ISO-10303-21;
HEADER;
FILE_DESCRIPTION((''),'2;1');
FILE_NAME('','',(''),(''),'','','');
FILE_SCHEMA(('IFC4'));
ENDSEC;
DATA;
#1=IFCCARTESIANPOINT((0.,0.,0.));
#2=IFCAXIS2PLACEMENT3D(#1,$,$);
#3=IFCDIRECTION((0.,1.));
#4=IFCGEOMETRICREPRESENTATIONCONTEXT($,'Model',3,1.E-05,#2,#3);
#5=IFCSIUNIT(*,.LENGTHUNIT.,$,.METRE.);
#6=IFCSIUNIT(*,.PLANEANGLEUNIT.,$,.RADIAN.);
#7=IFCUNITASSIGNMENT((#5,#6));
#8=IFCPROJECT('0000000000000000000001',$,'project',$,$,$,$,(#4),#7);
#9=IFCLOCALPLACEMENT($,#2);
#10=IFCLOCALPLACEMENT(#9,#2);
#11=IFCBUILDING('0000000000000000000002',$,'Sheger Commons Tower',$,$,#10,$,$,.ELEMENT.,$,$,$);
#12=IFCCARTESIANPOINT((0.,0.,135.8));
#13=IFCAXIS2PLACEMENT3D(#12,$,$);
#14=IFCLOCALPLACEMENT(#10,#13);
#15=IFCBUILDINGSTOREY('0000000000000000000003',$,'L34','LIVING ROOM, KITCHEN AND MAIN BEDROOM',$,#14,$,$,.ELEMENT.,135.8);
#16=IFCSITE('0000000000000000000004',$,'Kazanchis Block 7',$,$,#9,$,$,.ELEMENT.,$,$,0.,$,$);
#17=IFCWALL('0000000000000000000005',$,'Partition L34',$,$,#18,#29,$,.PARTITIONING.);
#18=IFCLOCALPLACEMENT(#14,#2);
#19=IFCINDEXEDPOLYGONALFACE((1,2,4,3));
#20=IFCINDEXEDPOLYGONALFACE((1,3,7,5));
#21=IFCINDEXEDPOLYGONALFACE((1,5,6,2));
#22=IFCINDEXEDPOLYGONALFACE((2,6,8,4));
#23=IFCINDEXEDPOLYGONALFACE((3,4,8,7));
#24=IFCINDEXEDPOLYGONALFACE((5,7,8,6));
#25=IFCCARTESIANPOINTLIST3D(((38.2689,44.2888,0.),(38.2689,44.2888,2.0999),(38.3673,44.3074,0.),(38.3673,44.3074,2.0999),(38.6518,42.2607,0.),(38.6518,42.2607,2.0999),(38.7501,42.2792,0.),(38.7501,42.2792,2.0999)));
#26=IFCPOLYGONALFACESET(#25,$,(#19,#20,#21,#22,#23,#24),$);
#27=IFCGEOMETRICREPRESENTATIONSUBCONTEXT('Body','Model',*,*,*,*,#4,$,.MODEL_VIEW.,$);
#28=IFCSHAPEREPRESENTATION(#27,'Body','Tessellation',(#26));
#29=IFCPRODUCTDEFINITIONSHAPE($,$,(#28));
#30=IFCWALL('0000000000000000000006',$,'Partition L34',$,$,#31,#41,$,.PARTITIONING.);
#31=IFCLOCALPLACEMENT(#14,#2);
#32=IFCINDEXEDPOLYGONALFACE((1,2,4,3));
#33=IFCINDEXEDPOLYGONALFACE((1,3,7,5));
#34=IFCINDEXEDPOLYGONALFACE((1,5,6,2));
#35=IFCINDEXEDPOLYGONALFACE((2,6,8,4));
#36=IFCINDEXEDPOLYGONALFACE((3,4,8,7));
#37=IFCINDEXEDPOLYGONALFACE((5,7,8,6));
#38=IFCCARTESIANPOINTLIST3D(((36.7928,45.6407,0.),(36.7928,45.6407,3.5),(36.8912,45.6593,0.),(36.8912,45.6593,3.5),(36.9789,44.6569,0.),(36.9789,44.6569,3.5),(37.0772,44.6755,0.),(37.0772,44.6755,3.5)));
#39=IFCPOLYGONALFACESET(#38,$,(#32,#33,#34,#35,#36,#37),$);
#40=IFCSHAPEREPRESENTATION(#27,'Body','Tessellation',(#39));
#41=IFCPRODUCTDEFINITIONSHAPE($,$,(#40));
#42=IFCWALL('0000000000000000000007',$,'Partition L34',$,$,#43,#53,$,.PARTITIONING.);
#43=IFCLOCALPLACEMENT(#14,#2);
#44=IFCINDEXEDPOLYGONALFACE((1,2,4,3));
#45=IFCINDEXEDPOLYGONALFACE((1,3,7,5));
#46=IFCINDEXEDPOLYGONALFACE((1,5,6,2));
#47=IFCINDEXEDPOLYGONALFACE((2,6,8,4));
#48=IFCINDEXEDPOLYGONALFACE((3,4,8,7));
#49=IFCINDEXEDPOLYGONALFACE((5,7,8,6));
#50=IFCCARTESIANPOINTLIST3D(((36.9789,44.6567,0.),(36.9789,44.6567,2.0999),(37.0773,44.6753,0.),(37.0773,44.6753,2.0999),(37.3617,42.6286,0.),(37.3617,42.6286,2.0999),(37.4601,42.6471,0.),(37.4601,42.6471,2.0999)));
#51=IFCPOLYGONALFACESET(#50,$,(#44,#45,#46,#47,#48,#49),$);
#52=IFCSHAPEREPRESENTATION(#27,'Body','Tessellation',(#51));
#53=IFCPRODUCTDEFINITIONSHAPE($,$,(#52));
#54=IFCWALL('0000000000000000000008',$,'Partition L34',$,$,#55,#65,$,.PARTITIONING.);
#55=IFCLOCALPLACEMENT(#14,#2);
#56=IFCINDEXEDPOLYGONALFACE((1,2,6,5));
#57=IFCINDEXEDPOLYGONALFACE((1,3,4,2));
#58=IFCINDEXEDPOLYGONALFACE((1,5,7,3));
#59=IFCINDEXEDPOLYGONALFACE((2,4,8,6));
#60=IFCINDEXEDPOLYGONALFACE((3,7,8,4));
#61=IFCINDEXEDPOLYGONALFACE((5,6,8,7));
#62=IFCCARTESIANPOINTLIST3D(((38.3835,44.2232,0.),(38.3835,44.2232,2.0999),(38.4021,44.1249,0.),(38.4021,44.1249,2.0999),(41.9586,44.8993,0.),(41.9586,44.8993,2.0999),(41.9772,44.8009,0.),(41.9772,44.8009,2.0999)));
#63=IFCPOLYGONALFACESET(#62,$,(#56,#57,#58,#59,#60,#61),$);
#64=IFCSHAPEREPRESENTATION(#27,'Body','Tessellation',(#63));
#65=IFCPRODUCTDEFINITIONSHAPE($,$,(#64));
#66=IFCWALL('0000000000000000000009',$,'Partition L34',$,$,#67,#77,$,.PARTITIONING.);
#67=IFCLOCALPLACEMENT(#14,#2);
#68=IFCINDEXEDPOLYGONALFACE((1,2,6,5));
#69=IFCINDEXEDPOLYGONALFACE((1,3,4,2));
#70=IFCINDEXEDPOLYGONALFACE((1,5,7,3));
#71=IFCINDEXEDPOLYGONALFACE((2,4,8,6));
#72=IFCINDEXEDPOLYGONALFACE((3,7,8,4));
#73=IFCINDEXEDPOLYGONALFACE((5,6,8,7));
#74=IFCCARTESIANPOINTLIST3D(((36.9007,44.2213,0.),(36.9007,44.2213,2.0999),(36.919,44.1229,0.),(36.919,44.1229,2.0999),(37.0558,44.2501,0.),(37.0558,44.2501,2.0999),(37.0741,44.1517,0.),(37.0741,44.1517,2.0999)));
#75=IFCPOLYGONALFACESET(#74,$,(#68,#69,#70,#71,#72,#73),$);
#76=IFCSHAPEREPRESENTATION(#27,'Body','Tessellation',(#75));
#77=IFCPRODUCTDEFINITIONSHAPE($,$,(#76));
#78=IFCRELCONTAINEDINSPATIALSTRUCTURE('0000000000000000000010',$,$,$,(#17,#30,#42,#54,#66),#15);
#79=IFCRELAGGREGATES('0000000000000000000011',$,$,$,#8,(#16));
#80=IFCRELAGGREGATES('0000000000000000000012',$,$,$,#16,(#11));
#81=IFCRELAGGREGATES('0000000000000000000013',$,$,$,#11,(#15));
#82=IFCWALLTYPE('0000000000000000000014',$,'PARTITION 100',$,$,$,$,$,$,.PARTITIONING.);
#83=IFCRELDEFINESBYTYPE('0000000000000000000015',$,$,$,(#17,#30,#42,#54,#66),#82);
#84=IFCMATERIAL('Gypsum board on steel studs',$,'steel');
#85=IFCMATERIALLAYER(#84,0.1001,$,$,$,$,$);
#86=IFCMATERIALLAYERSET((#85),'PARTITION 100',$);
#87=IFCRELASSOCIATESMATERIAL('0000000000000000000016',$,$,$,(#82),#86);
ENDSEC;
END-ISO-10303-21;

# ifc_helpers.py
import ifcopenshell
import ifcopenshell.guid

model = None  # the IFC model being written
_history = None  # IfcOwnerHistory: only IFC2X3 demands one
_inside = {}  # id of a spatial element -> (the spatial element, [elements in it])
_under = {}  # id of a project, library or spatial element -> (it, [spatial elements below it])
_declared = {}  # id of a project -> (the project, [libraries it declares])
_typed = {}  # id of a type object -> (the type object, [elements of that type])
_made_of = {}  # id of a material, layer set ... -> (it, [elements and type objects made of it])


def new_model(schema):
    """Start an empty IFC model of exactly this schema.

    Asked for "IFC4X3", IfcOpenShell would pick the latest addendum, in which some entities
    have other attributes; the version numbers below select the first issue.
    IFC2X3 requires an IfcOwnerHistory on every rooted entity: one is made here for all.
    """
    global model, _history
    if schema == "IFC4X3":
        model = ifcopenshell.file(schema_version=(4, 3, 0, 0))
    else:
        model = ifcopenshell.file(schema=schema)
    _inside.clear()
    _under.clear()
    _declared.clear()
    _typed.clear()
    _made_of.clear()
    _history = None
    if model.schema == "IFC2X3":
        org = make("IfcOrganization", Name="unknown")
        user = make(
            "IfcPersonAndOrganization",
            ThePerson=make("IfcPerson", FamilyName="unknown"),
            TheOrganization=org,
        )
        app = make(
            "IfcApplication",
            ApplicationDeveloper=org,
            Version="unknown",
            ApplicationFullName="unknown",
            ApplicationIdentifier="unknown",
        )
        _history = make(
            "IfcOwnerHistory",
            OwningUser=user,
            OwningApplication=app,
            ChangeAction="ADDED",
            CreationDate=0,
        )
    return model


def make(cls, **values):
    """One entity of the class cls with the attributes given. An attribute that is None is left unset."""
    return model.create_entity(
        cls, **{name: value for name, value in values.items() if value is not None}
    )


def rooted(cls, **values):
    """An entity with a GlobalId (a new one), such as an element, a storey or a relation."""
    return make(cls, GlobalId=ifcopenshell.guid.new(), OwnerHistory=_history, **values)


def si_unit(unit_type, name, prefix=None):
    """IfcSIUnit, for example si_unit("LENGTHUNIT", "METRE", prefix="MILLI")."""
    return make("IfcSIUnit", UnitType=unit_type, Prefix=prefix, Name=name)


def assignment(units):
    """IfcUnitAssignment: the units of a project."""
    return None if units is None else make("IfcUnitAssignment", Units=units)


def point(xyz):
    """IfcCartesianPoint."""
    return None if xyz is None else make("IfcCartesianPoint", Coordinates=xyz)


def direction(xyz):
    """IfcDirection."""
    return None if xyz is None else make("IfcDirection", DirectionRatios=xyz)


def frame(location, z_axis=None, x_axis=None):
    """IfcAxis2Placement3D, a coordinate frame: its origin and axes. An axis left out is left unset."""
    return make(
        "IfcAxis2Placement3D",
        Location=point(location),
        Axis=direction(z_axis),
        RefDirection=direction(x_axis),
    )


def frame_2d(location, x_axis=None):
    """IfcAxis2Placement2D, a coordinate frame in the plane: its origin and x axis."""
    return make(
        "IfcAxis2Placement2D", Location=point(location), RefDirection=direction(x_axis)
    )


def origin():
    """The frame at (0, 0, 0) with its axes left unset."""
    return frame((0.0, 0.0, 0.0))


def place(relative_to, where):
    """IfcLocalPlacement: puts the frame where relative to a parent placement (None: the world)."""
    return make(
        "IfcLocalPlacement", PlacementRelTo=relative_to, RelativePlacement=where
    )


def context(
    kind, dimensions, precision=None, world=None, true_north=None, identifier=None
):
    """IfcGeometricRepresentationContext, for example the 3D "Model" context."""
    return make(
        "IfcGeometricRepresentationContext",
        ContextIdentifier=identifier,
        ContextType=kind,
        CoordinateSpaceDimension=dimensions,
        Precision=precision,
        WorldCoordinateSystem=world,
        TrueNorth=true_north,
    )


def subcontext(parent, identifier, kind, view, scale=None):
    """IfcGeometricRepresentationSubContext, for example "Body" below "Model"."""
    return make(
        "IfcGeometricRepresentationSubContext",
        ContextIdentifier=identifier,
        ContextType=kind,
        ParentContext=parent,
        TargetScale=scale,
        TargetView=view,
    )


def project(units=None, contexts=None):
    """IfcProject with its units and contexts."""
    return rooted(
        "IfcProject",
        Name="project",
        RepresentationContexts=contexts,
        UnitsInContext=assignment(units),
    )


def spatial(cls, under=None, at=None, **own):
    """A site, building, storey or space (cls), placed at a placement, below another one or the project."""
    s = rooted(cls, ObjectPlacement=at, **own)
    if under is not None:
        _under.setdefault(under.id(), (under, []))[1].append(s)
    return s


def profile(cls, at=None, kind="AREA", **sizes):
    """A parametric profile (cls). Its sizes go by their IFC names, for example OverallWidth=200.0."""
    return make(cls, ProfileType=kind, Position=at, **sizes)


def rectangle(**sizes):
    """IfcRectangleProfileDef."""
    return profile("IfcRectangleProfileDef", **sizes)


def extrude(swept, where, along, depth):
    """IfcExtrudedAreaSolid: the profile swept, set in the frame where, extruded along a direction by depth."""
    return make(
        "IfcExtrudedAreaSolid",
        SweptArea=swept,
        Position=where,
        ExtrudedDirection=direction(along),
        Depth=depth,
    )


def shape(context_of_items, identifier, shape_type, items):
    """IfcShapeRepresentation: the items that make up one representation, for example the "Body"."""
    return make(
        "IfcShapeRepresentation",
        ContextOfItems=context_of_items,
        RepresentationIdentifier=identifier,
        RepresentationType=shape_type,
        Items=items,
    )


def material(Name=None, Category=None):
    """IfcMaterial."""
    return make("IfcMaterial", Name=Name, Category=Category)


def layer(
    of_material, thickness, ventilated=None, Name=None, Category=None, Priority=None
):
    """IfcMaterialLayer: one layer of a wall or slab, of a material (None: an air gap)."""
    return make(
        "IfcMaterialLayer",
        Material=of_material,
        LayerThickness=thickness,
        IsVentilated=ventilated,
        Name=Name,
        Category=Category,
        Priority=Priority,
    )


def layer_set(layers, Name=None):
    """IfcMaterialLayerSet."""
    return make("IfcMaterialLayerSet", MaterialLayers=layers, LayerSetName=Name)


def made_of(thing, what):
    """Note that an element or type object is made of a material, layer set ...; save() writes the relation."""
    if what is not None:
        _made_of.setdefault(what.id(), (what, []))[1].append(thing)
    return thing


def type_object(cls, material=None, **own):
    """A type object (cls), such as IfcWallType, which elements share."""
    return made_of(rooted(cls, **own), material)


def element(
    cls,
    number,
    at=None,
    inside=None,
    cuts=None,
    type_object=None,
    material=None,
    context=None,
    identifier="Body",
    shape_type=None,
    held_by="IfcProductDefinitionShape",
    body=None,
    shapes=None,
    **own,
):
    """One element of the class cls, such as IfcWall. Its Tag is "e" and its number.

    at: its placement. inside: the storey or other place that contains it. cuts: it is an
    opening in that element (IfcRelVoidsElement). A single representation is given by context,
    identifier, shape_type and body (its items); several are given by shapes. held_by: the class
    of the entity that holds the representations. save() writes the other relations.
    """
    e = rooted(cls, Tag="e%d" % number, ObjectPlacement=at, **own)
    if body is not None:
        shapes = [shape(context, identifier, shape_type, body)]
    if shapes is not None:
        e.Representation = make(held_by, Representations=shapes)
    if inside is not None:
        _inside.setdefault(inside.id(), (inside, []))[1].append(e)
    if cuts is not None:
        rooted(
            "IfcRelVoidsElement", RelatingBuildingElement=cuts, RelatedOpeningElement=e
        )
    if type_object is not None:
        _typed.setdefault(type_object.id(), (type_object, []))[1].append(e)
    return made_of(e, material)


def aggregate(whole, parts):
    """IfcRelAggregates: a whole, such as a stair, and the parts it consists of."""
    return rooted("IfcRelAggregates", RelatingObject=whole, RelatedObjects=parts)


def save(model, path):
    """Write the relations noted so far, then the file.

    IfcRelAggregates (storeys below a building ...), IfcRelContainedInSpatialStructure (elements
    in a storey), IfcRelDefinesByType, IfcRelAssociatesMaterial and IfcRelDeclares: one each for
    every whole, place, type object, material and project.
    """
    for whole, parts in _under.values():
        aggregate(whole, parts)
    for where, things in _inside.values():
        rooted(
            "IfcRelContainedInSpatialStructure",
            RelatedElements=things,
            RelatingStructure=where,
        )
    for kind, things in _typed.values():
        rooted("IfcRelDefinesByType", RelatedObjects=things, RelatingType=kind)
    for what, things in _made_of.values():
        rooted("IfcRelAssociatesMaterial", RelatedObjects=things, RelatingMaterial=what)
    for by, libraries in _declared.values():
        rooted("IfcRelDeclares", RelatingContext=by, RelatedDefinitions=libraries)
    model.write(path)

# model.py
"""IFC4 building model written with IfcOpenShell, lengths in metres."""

from ifc_helpers import new_model, si_unit, direction, frame, frame_2d, origin, place, context, subcontext, project, spatial, rectangle, extrude, material, layer, layer_set, type_object, element, save


model = new_model("IFC4")

# Units and contexts
model_context = context("Model", 3, precision=1e-05, world=origin(), true_north=direction((0.0, 1.0)))
body_context = subcontext(model_context, "Body", "Model", "MODEL_VIEW")
ifc_project = project(units=[si_unit("LENGTHUNIT", "METRE"), si_unit("PLANEANGLEUNIT", "RADIAN")], contexts=[model_context])

# Site, building, storey
site_placement = place(None, origin())
site = spatial("IfcSite", under=ifc_project, at=site_placement, Name="Kazanchis Block 7", CompositionType="ELEMENT", RefElevation=0.0)
building_placement = place(site_placement, origin())
building = spatial("IfcBuilding", under=site, at=building_placement, Name="Sheger Commons Tower", CompositionType="ELEMENT")
storey_placement = place(building_placement, frame((0.0, 0.0, 135.8)))
storey = spatial("IfcBuildingStorey", under=building, at=storey_placement, Name="L34", Description="LIVING ROOM, KITCHEN AND MAIN BEDROOM", CompositionType="ELEMENT", Elevation=135.8)

# Walls
ifc_material_1 = material(Name="Gypsum board on steel studs", Category="steel")
ifc_layer_1 = layer(ifc_material_1, 0.1001)
ifc_layer_set_1 = layer_set([ifc_layer_1], Name="PARTITION 100")
wall_type_1 = type_object("IfcWallType", Name="PARTITION 100", PredefinedType="PARTITIONING", material=ifc_layer_set_1)
wall_1_placement = place(storey_placement, frame((38.3181, 44.2981, 0.0), z_axis=(0.0, 0.0, 1.0), x_axis=(0.185481, -0.982648, 0.0)))
element("IfcWall", 1, at=wall_1_placement, inside=storey, type_object=wall_type_1, Name="Partition L34", PredefinedType="PARTITIONING", context=body_context, shape_type="SweptSolid", body=[
    extrude(rectangle(XDim=2.064, YDim=0.1001, at=frame_2d((1.032, 0.0))), origin(), (0.0, 0.0, 1.0), 2.0999),
])
wall_2_placement = place(storey_placement, frame((36.842, 45.6499, 0.0), z_axis=(0.0, 0.0, 1.0), x_axis=(0.18579, -0.982589, 0.0)))
element("IfcWall", 2, at=wall_2_placement, inside=storey, type_object=wall_type_1, Name="Partition L34", PredefinedType="PARTITIONING", context=body_context, shape_type="SweptSolid", body=[
    extrude(rectangle(XDim=1.0012, YDim=0.1001, at=frame_2d((0.5005, 0.0))), origin(), (0.0, 0.0, 1.0), 3.5),
])
wall_3_placement = place(storey_placement, frame((37.0281, 44.666, 0.0), z_axis=(0.0, 0.0, 1.0), x_axis=(0.185481, -0.982648, 0.0)))
element("IfcWall", 3, at=wall_3_placement, inside=storey, type_object=wall_type_1, Name="Partition L34", PredefinedType="PARTITIONING", context=body_context, shape_type="SweptSolid", body=[
    extrude(rectangle(XDim=2.064, YDim=0.1001, at=frame_2d((1.032, 0.0))), origin(), (0.0, 0.0, 1.0), 2.0999),
])
wall_4_placement = place(storey_placement, frame((41.968, 44.8501, 0.0), z_axis=(0.0, 0.0, 1.0), x_axis=(-0.982586, -0.185808, 0.0)))
element("IfcWall", 4, at=wall_4_placement, inside=storey, type_object=wall_type_1, Name="Partition L34", PredefinedType="PARTITIONING", context=body_context, shape_type="SweptSolid", body=[
    extrude(rectangle(XDim=3.6384, YDim=0.1001, at=frame_2d((1.8193, 0.0))), origin(), (0.0, 0.0, 1.0), 2.0999),
])
wall_5_placement = place(storey_placement, frame((37.0649, 44.2009, 0.0), z_axis=(0.0, 0.0, 1.0), x_axis=(-0.983169, -0.182699, 0.0)))
element("IfcWall", 5, at=wall_5_placement, inside=storey, type_object=wall_type_1, Name="Partition L34", PredefinedType="PARTITIONING", context=body_context, shape_type="SweptSolid", body=[
    extrude(rectangle(XDim=0.1577, YDim=0.1001, at=frame_2d((0.0789, 0.0))), origin(), (0.0, 0.0, 1.0), 2.0999),
])

save(model, "model.ifc")
